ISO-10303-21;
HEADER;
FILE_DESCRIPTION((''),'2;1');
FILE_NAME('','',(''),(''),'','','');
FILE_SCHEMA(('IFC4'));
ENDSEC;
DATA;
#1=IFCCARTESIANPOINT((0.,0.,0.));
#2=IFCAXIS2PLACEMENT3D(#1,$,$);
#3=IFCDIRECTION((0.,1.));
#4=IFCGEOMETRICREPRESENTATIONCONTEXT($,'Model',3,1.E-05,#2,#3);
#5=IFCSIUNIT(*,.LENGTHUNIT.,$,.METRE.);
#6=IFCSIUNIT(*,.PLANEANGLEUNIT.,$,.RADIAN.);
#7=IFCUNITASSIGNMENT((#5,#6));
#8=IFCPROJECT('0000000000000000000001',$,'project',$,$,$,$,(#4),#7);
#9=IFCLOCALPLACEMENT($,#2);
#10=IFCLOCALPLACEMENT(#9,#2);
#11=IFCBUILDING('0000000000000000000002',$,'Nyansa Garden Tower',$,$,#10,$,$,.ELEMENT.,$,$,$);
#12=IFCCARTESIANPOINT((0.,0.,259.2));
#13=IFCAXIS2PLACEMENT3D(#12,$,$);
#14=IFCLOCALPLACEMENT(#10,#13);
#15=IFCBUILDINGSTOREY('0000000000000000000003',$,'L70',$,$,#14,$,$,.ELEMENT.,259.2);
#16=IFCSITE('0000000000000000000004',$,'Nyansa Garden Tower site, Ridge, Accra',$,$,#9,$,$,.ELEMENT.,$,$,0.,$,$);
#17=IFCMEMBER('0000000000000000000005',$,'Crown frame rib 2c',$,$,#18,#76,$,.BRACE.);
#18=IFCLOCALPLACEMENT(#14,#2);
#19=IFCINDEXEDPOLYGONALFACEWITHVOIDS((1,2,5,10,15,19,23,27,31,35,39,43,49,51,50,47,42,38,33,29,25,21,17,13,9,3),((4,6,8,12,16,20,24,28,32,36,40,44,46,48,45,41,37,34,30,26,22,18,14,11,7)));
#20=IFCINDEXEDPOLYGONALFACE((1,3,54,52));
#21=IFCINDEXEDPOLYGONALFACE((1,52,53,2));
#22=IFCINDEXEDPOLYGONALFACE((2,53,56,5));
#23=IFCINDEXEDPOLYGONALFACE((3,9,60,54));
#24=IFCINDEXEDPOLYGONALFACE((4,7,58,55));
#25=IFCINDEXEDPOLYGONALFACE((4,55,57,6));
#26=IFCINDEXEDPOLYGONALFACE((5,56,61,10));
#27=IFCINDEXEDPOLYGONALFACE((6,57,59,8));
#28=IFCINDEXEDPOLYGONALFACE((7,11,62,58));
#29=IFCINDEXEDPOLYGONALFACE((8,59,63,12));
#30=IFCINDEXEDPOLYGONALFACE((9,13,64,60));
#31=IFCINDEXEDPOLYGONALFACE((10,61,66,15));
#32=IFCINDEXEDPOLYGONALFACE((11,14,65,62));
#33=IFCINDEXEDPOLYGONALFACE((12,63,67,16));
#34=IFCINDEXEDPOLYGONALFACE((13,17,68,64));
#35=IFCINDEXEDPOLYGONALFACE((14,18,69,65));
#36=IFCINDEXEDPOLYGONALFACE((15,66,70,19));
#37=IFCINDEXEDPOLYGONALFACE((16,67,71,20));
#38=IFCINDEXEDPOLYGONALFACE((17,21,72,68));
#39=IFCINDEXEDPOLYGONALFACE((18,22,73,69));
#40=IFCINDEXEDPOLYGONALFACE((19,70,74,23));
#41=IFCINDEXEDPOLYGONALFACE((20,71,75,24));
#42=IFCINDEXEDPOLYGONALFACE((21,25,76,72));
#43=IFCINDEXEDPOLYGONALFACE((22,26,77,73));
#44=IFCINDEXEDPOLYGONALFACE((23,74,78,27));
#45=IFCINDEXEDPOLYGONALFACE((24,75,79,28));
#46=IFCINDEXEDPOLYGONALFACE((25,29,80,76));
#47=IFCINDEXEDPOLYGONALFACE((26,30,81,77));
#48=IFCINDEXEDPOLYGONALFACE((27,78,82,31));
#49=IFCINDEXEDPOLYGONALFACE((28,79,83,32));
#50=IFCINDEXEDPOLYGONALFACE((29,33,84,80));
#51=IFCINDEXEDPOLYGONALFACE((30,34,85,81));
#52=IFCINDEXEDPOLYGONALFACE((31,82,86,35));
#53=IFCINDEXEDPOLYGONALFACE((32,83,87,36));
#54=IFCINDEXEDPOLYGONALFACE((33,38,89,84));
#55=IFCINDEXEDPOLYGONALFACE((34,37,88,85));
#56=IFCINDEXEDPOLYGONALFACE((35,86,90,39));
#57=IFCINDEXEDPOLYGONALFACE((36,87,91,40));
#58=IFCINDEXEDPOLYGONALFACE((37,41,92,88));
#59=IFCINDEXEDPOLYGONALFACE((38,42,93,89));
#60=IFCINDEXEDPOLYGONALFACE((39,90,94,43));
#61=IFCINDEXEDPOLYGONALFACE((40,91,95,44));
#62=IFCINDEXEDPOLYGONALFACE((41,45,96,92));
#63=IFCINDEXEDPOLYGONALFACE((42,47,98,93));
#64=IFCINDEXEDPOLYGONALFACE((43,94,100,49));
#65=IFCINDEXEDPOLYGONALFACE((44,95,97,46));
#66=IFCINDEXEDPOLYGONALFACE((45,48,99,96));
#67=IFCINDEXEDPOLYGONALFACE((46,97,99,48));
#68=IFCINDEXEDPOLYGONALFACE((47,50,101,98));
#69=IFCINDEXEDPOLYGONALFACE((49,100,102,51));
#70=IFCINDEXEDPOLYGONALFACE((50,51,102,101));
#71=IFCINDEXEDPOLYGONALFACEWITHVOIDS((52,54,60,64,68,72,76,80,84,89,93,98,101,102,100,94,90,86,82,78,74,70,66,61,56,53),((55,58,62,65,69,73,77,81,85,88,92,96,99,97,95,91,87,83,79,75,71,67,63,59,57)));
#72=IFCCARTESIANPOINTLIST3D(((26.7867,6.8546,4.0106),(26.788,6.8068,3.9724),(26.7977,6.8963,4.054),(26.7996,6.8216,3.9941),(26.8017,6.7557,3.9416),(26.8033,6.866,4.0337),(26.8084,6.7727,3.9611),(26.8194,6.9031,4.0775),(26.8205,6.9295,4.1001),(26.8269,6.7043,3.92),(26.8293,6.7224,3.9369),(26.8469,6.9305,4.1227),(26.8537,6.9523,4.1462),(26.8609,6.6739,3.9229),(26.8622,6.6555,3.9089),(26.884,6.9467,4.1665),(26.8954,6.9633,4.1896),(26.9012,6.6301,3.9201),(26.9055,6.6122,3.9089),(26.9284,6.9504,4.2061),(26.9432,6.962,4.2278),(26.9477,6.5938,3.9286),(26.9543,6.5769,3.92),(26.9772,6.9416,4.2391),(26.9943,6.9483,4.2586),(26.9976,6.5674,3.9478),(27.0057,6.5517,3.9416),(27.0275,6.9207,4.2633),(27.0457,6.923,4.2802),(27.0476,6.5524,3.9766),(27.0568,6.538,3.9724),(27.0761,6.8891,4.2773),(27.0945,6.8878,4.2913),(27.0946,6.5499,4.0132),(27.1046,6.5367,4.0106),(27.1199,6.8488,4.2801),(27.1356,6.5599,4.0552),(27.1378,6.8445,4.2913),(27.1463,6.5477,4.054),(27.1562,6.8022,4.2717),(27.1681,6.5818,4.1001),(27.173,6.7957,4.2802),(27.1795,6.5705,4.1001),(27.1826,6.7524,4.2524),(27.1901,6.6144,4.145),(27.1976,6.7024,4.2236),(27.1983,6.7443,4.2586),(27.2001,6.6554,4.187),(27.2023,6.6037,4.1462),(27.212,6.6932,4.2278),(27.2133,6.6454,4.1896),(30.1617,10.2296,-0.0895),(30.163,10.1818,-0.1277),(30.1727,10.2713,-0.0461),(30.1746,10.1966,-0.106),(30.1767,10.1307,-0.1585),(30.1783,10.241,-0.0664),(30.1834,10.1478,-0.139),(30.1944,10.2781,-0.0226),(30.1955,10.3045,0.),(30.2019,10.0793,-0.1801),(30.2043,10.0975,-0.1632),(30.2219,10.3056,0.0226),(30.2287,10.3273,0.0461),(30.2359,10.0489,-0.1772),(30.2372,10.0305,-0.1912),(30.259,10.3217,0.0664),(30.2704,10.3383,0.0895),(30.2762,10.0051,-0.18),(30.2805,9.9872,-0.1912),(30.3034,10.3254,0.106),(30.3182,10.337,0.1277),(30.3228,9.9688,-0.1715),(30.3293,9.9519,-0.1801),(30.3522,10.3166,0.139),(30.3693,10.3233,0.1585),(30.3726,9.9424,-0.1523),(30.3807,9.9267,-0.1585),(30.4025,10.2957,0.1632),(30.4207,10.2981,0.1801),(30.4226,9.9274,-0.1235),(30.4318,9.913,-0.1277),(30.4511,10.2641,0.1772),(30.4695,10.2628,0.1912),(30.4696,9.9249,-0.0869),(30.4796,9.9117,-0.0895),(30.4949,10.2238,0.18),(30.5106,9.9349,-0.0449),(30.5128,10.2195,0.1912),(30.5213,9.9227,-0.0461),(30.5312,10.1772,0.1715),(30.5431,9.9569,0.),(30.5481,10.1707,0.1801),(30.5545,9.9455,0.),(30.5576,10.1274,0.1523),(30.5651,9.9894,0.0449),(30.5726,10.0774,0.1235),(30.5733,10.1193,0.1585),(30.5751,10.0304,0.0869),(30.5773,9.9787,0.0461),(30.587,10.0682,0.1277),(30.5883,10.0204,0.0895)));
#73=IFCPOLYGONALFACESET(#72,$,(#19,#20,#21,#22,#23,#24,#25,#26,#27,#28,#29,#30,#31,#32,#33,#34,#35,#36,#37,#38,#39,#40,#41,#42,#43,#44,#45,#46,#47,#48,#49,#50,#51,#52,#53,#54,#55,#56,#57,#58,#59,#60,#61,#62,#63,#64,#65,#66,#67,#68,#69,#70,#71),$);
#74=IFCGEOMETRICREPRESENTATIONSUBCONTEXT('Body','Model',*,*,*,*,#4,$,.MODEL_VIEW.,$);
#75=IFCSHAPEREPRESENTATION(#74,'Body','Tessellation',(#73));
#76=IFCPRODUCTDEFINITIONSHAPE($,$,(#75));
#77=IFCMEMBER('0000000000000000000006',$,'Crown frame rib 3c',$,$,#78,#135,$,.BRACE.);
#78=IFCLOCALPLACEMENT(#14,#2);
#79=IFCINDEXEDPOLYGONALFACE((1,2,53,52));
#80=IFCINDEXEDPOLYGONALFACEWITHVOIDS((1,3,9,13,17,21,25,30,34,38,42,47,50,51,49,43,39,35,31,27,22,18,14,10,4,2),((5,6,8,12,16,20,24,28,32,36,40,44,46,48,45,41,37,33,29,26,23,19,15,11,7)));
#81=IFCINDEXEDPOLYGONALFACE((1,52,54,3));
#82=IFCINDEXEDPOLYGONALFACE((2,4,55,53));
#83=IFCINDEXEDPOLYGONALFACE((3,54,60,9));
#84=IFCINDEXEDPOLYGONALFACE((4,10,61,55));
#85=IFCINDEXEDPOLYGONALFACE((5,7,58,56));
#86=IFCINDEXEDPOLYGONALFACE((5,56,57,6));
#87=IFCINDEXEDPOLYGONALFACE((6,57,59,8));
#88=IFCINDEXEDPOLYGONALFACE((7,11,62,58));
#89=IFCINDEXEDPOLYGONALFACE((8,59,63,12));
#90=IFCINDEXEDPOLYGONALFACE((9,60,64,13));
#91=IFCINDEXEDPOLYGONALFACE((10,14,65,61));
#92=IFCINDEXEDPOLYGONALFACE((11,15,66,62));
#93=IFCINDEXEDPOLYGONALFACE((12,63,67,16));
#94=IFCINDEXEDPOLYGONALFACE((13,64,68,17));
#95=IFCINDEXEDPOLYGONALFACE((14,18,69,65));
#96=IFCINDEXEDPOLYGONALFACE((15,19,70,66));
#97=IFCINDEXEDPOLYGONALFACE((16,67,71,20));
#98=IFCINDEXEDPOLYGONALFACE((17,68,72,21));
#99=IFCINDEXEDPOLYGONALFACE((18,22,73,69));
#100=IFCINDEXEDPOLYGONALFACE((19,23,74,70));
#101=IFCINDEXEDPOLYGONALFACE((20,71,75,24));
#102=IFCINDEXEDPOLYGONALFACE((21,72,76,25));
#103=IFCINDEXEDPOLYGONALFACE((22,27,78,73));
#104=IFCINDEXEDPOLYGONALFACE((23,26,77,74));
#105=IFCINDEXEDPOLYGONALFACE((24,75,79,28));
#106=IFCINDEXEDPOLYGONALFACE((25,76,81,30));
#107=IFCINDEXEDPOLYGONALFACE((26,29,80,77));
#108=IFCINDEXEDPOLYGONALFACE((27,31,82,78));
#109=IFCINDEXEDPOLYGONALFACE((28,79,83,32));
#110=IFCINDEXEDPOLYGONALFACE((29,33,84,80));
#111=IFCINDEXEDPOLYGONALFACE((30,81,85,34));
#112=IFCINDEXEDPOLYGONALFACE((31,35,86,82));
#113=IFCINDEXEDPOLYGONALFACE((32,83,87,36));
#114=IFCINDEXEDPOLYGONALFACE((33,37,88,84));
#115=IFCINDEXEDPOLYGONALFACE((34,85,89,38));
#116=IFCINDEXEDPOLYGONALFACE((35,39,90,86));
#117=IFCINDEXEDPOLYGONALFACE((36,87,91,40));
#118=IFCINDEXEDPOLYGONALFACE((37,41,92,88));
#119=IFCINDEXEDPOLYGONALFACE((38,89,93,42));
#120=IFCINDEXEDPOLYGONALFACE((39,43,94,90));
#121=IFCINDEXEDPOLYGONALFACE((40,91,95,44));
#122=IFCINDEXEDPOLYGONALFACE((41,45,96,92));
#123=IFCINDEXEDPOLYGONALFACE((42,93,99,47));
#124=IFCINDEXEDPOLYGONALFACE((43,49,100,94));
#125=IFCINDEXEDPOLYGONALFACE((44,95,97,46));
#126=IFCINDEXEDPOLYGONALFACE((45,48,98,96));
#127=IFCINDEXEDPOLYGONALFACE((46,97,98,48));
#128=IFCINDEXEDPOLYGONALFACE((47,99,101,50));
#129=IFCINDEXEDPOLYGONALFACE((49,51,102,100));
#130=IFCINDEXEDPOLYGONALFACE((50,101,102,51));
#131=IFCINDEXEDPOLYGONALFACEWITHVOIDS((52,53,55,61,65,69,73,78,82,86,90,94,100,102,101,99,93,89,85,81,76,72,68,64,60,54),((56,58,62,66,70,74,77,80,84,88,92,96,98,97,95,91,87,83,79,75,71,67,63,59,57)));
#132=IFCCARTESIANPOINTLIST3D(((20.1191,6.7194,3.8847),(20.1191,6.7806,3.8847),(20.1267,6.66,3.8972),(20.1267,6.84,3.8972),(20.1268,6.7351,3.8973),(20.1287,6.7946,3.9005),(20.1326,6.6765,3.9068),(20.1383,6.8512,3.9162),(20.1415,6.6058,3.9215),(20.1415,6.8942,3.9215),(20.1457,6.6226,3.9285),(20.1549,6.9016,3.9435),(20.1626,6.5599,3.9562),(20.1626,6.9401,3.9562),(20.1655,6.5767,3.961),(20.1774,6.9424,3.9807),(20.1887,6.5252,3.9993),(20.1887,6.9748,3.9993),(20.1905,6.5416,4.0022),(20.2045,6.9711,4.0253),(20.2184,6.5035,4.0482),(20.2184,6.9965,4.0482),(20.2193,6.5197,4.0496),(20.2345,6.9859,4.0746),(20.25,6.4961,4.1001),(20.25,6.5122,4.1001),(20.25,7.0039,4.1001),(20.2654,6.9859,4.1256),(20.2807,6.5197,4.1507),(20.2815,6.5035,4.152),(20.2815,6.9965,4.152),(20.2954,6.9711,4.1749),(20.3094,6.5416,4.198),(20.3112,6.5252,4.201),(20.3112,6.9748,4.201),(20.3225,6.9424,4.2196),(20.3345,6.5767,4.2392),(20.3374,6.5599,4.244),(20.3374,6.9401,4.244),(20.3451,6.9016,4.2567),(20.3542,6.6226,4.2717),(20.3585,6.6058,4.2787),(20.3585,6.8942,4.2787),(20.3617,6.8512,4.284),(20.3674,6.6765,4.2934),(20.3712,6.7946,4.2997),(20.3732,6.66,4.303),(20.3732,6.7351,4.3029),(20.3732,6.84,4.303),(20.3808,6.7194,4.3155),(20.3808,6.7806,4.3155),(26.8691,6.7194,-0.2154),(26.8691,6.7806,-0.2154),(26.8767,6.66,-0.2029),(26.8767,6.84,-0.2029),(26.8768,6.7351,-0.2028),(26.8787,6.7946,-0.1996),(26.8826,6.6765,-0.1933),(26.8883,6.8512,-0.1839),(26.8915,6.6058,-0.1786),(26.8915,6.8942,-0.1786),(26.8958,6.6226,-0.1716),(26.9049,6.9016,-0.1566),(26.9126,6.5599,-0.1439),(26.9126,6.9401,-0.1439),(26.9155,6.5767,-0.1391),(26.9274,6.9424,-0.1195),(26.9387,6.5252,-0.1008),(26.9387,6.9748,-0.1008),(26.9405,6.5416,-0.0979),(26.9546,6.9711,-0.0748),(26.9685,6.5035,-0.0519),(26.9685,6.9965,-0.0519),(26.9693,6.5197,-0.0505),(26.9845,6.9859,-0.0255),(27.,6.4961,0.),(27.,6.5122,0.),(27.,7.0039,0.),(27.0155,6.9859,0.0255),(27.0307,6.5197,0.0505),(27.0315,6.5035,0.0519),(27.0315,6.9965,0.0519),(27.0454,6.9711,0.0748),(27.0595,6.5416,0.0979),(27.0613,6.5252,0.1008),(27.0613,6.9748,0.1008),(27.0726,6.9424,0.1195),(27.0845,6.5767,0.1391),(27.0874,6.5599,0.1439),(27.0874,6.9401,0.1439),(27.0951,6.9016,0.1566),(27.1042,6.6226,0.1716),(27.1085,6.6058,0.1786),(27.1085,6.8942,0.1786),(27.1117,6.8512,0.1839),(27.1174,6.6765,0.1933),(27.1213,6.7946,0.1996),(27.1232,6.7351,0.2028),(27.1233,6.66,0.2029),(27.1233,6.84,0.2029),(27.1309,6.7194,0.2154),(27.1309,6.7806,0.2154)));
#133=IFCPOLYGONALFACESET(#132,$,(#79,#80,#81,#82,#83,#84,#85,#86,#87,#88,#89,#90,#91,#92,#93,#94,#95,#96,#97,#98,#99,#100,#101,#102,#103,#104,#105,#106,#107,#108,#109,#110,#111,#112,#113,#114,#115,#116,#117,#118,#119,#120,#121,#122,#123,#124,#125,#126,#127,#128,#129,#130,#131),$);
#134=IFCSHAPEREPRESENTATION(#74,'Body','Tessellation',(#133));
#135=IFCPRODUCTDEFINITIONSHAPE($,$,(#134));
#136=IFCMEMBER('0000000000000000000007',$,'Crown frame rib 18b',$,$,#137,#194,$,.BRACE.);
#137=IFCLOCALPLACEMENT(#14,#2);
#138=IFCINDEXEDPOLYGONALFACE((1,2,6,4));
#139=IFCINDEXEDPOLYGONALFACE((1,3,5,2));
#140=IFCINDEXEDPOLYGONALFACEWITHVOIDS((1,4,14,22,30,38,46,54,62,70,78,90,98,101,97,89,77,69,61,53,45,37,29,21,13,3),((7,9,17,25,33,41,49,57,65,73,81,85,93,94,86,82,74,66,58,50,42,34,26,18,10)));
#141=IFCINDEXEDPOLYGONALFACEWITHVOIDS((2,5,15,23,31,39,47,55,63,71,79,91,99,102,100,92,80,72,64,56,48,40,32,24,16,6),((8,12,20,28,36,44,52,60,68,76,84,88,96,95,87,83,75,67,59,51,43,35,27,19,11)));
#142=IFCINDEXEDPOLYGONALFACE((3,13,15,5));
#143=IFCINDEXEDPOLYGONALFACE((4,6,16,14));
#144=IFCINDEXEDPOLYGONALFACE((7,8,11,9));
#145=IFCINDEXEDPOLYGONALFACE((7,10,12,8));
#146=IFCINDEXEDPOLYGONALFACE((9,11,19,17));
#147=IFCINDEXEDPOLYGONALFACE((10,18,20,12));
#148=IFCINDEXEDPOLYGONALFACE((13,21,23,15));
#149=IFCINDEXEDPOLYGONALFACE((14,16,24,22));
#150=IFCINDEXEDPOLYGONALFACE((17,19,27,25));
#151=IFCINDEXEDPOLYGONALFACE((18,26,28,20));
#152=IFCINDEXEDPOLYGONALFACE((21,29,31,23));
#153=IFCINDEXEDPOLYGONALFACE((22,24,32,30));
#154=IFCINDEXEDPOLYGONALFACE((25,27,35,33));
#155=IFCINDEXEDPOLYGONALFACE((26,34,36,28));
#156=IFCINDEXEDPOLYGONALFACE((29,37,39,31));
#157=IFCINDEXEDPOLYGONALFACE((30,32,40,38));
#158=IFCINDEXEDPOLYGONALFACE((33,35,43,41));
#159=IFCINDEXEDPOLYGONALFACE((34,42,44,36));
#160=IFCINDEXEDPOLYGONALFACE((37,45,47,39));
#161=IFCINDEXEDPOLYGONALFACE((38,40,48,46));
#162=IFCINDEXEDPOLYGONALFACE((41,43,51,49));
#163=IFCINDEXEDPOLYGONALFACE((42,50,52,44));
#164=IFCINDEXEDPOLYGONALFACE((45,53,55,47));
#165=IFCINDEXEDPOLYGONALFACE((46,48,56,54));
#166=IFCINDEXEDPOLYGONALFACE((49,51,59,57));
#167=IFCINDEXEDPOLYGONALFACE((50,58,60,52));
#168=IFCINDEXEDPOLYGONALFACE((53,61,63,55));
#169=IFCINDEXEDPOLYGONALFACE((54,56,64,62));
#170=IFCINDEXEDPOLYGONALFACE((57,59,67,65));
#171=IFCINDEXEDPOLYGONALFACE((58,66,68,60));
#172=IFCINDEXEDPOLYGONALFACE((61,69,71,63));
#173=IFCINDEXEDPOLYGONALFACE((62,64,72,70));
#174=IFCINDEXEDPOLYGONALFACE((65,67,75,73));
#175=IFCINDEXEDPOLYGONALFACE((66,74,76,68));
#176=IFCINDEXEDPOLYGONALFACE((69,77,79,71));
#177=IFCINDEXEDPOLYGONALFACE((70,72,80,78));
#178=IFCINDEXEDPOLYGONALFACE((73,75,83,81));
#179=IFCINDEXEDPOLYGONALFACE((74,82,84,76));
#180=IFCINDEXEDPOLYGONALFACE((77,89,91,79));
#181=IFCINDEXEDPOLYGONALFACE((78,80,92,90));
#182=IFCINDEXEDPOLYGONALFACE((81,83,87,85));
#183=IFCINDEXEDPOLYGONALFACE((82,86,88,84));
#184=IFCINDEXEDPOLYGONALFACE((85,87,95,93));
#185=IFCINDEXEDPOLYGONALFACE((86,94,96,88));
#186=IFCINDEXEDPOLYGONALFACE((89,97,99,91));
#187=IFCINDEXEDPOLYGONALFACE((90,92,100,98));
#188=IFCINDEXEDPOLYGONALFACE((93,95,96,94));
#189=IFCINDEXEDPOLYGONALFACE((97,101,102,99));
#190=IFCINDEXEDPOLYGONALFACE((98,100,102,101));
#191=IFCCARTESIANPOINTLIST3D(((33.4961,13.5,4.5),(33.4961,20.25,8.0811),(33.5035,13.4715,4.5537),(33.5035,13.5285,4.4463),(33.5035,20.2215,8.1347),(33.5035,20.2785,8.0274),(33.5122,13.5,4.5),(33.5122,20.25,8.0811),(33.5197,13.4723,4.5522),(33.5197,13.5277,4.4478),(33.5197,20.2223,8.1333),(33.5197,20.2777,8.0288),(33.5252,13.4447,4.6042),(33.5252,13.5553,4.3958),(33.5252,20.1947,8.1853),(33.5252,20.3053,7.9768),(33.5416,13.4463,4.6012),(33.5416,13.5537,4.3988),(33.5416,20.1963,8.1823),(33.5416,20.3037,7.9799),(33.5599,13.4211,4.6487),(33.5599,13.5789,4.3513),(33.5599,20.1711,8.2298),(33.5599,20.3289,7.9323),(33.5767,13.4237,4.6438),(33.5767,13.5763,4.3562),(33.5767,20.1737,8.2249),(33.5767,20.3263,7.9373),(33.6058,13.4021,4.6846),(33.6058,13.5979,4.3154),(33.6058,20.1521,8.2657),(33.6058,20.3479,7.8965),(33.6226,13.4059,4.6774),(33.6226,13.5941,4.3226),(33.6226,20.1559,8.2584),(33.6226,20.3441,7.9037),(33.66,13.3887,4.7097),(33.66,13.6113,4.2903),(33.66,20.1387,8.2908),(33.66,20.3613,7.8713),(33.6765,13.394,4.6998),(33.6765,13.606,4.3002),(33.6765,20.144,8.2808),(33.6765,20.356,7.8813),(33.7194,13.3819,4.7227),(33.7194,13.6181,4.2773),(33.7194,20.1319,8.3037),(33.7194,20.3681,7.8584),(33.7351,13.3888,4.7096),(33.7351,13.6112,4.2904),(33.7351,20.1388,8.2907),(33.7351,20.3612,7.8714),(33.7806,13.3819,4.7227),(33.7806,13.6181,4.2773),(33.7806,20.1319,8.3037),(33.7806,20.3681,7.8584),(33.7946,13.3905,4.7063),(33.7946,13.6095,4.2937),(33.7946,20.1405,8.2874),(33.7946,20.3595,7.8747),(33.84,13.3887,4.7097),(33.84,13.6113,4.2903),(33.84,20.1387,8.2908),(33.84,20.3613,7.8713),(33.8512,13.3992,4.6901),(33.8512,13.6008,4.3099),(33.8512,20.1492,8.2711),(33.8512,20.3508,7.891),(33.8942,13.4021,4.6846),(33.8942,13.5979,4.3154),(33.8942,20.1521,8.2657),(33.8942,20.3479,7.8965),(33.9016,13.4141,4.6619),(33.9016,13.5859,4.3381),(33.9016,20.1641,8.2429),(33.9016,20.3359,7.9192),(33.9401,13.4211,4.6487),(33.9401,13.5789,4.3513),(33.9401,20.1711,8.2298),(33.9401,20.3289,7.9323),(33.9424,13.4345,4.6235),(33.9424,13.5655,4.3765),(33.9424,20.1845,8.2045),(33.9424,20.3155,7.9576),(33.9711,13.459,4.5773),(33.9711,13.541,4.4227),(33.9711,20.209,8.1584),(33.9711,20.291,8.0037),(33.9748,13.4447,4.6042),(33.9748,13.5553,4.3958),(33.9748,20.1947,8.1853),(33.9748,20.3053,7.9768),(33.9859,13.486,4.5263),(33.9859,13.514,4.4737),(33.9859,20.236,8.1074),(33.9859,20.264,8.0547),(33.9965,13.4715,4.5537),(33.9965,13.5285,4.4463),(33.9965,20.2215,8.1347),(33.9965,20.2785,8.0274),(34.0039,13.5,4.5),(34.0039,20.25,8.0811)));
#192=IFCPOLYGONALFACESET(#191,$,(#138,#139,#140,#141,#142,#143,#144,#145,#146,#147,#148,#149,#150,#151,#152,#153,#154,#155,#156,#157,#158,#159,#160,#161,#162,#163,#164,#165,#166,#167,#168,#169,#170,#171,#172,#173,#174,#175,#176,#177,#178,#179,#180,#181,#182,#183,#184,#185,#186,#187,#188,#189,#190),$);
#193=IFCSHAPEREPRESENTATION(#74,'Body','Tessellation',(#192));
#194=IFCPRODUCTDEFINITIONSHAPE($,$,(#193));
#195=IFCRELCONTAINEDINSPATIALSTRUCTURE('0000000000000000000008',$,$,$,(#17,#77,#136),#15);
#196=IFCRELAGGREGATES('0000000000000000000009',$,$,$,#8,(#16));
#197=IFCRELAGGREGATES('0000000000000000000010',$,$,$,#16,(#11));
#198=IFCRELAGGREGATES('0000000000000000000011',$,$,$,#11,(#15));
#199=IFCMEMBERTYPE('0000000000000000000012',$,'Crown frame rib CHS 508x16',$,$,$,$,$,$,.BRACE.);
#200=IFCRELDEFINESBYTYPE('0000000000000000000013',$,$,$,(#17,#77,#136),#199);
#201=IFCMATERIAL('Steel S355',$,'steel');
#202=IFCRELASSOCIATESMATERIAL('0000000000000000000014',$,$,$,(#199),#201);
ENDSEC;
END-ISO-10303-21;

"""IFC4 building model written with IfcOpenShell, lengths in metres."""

from ifc_helpers import new_model, si_unit, direction, frame, origin, origin_2d, place, context, subcontext, project, spatial, hollow_circle, extrude, material, material_profile, profile_set, type_object, element, save


model = new_model("IFC4")

# Units and contexts
model_context = context("Model", 3, precision=1e-05, world=origin(), true_north=direction((0.0, 1.0)))
body_context = subcontext(model_context, "Body", "Model", "MODEL_VIEW")
ifc_project = project(units=[si_unit("LENGTHUNIT", "METRE"), si_unit("PLANEANGLEUNIT", "RADIAN")], contexts=[model_context])

# Site, building, storey
site_placement = place(None, origin())
site = spatial("IfcSite", under=ifc_project, at=site_placement, Name="Nyansa Garden Tower site, Ridge, Accra", CompositionType="ELEMENT", RefElevation=0.0)
building_placement = place(site_placement, origin())
building = spatial("IfcBuilding", under=site, at=building_placement, Name="Nyansa Garden Tower", CompositionType="ELEMENT")
storey_placement = place(building_placement, frame((0.0, 0.0, 259.2)))
storey = spatial("IfcBuildingStorey", under=building, at=storey_placement, Name="L70", CompositionType="ELEMENT", Elevation=259.2)

# Members
ifc_material_1 = material(Name="Steel S355", Category="steel")
ifc_material_profile_1 = material_profile(ifc_material_1, hollow_circle(Radius=0.2539, WallThickness=0.0161, at=origin_2d()), Name="CHS 508x16")
ifc_profile_set_1 = profile_set([ifc_material_profile_1], Name="Steel S355")
member_type_1 = type_object("IfcMemberType", Name="Crown frame rib CHS 508x16", PredefinedType="BRACE", material=ifc_profile_set_1)
member_1_placement = place(storey_placement, frame((30.375, 10.125, 0.0), z_axis=(-0.536377, -0.536377, 0.651614), x_axis=(0.707107, -0.707107, 0.0)))
element("IfcMember", 1, at=member_1_placement, inside=storey, type_object=member_type_1, Name="Crown frame rib 2c", PredefinedType="BRACE", context=body_context, shape_type="SweptSolid", body=[
    extrude(hollow_circle(Radius=0.2539, WallThickness=0.0161, at=origin_2d()), origin(), (0.0, 0.0, 1.0), 6.2922),
])
member_2_placement = place(storey_placement, frame((27.0, 6.75, 0.0), z_axis=(-0.854682, 0.0, 0.519152), x_axis=(0.0, -1.0, 0.0)))
element("IfcMember", 2, at=member_2_placement, inside=storey, type_object=member_type_1, Name="Crown frame rib 3c", PredefinedType="BRACE", context=body_context, shape_type="SweptSolid", body=[
    extrude(hollow_circle(Radius=0.2539, WallThickness=0.0161, at=origin_2d()), origin(), (0.0, 0.0, 1.0), 7.8977),
])
member_3_placement = place(storey_placement, frame((33.75, 13.5, 4.5), z_axis=(0.0, 0.88338, 0.468657), x_axis=(-1.0, 0.0, 0.0)))
element("IfcMember", 3, at=member_3_placement, inside=storey, type_object=member_type_1, Name="Crown frame rib 18b", PredefinedType="BRACE", context=body_context, shape_type="SweptSolid", body=[
    extrude(hollow_circle(Radius=0.2539, WallThickness=0.0161, at=origin_2d()), origin(), (0.0, 0.0, 1.0), 7.6411),
])

save(model, "model.ifc")
